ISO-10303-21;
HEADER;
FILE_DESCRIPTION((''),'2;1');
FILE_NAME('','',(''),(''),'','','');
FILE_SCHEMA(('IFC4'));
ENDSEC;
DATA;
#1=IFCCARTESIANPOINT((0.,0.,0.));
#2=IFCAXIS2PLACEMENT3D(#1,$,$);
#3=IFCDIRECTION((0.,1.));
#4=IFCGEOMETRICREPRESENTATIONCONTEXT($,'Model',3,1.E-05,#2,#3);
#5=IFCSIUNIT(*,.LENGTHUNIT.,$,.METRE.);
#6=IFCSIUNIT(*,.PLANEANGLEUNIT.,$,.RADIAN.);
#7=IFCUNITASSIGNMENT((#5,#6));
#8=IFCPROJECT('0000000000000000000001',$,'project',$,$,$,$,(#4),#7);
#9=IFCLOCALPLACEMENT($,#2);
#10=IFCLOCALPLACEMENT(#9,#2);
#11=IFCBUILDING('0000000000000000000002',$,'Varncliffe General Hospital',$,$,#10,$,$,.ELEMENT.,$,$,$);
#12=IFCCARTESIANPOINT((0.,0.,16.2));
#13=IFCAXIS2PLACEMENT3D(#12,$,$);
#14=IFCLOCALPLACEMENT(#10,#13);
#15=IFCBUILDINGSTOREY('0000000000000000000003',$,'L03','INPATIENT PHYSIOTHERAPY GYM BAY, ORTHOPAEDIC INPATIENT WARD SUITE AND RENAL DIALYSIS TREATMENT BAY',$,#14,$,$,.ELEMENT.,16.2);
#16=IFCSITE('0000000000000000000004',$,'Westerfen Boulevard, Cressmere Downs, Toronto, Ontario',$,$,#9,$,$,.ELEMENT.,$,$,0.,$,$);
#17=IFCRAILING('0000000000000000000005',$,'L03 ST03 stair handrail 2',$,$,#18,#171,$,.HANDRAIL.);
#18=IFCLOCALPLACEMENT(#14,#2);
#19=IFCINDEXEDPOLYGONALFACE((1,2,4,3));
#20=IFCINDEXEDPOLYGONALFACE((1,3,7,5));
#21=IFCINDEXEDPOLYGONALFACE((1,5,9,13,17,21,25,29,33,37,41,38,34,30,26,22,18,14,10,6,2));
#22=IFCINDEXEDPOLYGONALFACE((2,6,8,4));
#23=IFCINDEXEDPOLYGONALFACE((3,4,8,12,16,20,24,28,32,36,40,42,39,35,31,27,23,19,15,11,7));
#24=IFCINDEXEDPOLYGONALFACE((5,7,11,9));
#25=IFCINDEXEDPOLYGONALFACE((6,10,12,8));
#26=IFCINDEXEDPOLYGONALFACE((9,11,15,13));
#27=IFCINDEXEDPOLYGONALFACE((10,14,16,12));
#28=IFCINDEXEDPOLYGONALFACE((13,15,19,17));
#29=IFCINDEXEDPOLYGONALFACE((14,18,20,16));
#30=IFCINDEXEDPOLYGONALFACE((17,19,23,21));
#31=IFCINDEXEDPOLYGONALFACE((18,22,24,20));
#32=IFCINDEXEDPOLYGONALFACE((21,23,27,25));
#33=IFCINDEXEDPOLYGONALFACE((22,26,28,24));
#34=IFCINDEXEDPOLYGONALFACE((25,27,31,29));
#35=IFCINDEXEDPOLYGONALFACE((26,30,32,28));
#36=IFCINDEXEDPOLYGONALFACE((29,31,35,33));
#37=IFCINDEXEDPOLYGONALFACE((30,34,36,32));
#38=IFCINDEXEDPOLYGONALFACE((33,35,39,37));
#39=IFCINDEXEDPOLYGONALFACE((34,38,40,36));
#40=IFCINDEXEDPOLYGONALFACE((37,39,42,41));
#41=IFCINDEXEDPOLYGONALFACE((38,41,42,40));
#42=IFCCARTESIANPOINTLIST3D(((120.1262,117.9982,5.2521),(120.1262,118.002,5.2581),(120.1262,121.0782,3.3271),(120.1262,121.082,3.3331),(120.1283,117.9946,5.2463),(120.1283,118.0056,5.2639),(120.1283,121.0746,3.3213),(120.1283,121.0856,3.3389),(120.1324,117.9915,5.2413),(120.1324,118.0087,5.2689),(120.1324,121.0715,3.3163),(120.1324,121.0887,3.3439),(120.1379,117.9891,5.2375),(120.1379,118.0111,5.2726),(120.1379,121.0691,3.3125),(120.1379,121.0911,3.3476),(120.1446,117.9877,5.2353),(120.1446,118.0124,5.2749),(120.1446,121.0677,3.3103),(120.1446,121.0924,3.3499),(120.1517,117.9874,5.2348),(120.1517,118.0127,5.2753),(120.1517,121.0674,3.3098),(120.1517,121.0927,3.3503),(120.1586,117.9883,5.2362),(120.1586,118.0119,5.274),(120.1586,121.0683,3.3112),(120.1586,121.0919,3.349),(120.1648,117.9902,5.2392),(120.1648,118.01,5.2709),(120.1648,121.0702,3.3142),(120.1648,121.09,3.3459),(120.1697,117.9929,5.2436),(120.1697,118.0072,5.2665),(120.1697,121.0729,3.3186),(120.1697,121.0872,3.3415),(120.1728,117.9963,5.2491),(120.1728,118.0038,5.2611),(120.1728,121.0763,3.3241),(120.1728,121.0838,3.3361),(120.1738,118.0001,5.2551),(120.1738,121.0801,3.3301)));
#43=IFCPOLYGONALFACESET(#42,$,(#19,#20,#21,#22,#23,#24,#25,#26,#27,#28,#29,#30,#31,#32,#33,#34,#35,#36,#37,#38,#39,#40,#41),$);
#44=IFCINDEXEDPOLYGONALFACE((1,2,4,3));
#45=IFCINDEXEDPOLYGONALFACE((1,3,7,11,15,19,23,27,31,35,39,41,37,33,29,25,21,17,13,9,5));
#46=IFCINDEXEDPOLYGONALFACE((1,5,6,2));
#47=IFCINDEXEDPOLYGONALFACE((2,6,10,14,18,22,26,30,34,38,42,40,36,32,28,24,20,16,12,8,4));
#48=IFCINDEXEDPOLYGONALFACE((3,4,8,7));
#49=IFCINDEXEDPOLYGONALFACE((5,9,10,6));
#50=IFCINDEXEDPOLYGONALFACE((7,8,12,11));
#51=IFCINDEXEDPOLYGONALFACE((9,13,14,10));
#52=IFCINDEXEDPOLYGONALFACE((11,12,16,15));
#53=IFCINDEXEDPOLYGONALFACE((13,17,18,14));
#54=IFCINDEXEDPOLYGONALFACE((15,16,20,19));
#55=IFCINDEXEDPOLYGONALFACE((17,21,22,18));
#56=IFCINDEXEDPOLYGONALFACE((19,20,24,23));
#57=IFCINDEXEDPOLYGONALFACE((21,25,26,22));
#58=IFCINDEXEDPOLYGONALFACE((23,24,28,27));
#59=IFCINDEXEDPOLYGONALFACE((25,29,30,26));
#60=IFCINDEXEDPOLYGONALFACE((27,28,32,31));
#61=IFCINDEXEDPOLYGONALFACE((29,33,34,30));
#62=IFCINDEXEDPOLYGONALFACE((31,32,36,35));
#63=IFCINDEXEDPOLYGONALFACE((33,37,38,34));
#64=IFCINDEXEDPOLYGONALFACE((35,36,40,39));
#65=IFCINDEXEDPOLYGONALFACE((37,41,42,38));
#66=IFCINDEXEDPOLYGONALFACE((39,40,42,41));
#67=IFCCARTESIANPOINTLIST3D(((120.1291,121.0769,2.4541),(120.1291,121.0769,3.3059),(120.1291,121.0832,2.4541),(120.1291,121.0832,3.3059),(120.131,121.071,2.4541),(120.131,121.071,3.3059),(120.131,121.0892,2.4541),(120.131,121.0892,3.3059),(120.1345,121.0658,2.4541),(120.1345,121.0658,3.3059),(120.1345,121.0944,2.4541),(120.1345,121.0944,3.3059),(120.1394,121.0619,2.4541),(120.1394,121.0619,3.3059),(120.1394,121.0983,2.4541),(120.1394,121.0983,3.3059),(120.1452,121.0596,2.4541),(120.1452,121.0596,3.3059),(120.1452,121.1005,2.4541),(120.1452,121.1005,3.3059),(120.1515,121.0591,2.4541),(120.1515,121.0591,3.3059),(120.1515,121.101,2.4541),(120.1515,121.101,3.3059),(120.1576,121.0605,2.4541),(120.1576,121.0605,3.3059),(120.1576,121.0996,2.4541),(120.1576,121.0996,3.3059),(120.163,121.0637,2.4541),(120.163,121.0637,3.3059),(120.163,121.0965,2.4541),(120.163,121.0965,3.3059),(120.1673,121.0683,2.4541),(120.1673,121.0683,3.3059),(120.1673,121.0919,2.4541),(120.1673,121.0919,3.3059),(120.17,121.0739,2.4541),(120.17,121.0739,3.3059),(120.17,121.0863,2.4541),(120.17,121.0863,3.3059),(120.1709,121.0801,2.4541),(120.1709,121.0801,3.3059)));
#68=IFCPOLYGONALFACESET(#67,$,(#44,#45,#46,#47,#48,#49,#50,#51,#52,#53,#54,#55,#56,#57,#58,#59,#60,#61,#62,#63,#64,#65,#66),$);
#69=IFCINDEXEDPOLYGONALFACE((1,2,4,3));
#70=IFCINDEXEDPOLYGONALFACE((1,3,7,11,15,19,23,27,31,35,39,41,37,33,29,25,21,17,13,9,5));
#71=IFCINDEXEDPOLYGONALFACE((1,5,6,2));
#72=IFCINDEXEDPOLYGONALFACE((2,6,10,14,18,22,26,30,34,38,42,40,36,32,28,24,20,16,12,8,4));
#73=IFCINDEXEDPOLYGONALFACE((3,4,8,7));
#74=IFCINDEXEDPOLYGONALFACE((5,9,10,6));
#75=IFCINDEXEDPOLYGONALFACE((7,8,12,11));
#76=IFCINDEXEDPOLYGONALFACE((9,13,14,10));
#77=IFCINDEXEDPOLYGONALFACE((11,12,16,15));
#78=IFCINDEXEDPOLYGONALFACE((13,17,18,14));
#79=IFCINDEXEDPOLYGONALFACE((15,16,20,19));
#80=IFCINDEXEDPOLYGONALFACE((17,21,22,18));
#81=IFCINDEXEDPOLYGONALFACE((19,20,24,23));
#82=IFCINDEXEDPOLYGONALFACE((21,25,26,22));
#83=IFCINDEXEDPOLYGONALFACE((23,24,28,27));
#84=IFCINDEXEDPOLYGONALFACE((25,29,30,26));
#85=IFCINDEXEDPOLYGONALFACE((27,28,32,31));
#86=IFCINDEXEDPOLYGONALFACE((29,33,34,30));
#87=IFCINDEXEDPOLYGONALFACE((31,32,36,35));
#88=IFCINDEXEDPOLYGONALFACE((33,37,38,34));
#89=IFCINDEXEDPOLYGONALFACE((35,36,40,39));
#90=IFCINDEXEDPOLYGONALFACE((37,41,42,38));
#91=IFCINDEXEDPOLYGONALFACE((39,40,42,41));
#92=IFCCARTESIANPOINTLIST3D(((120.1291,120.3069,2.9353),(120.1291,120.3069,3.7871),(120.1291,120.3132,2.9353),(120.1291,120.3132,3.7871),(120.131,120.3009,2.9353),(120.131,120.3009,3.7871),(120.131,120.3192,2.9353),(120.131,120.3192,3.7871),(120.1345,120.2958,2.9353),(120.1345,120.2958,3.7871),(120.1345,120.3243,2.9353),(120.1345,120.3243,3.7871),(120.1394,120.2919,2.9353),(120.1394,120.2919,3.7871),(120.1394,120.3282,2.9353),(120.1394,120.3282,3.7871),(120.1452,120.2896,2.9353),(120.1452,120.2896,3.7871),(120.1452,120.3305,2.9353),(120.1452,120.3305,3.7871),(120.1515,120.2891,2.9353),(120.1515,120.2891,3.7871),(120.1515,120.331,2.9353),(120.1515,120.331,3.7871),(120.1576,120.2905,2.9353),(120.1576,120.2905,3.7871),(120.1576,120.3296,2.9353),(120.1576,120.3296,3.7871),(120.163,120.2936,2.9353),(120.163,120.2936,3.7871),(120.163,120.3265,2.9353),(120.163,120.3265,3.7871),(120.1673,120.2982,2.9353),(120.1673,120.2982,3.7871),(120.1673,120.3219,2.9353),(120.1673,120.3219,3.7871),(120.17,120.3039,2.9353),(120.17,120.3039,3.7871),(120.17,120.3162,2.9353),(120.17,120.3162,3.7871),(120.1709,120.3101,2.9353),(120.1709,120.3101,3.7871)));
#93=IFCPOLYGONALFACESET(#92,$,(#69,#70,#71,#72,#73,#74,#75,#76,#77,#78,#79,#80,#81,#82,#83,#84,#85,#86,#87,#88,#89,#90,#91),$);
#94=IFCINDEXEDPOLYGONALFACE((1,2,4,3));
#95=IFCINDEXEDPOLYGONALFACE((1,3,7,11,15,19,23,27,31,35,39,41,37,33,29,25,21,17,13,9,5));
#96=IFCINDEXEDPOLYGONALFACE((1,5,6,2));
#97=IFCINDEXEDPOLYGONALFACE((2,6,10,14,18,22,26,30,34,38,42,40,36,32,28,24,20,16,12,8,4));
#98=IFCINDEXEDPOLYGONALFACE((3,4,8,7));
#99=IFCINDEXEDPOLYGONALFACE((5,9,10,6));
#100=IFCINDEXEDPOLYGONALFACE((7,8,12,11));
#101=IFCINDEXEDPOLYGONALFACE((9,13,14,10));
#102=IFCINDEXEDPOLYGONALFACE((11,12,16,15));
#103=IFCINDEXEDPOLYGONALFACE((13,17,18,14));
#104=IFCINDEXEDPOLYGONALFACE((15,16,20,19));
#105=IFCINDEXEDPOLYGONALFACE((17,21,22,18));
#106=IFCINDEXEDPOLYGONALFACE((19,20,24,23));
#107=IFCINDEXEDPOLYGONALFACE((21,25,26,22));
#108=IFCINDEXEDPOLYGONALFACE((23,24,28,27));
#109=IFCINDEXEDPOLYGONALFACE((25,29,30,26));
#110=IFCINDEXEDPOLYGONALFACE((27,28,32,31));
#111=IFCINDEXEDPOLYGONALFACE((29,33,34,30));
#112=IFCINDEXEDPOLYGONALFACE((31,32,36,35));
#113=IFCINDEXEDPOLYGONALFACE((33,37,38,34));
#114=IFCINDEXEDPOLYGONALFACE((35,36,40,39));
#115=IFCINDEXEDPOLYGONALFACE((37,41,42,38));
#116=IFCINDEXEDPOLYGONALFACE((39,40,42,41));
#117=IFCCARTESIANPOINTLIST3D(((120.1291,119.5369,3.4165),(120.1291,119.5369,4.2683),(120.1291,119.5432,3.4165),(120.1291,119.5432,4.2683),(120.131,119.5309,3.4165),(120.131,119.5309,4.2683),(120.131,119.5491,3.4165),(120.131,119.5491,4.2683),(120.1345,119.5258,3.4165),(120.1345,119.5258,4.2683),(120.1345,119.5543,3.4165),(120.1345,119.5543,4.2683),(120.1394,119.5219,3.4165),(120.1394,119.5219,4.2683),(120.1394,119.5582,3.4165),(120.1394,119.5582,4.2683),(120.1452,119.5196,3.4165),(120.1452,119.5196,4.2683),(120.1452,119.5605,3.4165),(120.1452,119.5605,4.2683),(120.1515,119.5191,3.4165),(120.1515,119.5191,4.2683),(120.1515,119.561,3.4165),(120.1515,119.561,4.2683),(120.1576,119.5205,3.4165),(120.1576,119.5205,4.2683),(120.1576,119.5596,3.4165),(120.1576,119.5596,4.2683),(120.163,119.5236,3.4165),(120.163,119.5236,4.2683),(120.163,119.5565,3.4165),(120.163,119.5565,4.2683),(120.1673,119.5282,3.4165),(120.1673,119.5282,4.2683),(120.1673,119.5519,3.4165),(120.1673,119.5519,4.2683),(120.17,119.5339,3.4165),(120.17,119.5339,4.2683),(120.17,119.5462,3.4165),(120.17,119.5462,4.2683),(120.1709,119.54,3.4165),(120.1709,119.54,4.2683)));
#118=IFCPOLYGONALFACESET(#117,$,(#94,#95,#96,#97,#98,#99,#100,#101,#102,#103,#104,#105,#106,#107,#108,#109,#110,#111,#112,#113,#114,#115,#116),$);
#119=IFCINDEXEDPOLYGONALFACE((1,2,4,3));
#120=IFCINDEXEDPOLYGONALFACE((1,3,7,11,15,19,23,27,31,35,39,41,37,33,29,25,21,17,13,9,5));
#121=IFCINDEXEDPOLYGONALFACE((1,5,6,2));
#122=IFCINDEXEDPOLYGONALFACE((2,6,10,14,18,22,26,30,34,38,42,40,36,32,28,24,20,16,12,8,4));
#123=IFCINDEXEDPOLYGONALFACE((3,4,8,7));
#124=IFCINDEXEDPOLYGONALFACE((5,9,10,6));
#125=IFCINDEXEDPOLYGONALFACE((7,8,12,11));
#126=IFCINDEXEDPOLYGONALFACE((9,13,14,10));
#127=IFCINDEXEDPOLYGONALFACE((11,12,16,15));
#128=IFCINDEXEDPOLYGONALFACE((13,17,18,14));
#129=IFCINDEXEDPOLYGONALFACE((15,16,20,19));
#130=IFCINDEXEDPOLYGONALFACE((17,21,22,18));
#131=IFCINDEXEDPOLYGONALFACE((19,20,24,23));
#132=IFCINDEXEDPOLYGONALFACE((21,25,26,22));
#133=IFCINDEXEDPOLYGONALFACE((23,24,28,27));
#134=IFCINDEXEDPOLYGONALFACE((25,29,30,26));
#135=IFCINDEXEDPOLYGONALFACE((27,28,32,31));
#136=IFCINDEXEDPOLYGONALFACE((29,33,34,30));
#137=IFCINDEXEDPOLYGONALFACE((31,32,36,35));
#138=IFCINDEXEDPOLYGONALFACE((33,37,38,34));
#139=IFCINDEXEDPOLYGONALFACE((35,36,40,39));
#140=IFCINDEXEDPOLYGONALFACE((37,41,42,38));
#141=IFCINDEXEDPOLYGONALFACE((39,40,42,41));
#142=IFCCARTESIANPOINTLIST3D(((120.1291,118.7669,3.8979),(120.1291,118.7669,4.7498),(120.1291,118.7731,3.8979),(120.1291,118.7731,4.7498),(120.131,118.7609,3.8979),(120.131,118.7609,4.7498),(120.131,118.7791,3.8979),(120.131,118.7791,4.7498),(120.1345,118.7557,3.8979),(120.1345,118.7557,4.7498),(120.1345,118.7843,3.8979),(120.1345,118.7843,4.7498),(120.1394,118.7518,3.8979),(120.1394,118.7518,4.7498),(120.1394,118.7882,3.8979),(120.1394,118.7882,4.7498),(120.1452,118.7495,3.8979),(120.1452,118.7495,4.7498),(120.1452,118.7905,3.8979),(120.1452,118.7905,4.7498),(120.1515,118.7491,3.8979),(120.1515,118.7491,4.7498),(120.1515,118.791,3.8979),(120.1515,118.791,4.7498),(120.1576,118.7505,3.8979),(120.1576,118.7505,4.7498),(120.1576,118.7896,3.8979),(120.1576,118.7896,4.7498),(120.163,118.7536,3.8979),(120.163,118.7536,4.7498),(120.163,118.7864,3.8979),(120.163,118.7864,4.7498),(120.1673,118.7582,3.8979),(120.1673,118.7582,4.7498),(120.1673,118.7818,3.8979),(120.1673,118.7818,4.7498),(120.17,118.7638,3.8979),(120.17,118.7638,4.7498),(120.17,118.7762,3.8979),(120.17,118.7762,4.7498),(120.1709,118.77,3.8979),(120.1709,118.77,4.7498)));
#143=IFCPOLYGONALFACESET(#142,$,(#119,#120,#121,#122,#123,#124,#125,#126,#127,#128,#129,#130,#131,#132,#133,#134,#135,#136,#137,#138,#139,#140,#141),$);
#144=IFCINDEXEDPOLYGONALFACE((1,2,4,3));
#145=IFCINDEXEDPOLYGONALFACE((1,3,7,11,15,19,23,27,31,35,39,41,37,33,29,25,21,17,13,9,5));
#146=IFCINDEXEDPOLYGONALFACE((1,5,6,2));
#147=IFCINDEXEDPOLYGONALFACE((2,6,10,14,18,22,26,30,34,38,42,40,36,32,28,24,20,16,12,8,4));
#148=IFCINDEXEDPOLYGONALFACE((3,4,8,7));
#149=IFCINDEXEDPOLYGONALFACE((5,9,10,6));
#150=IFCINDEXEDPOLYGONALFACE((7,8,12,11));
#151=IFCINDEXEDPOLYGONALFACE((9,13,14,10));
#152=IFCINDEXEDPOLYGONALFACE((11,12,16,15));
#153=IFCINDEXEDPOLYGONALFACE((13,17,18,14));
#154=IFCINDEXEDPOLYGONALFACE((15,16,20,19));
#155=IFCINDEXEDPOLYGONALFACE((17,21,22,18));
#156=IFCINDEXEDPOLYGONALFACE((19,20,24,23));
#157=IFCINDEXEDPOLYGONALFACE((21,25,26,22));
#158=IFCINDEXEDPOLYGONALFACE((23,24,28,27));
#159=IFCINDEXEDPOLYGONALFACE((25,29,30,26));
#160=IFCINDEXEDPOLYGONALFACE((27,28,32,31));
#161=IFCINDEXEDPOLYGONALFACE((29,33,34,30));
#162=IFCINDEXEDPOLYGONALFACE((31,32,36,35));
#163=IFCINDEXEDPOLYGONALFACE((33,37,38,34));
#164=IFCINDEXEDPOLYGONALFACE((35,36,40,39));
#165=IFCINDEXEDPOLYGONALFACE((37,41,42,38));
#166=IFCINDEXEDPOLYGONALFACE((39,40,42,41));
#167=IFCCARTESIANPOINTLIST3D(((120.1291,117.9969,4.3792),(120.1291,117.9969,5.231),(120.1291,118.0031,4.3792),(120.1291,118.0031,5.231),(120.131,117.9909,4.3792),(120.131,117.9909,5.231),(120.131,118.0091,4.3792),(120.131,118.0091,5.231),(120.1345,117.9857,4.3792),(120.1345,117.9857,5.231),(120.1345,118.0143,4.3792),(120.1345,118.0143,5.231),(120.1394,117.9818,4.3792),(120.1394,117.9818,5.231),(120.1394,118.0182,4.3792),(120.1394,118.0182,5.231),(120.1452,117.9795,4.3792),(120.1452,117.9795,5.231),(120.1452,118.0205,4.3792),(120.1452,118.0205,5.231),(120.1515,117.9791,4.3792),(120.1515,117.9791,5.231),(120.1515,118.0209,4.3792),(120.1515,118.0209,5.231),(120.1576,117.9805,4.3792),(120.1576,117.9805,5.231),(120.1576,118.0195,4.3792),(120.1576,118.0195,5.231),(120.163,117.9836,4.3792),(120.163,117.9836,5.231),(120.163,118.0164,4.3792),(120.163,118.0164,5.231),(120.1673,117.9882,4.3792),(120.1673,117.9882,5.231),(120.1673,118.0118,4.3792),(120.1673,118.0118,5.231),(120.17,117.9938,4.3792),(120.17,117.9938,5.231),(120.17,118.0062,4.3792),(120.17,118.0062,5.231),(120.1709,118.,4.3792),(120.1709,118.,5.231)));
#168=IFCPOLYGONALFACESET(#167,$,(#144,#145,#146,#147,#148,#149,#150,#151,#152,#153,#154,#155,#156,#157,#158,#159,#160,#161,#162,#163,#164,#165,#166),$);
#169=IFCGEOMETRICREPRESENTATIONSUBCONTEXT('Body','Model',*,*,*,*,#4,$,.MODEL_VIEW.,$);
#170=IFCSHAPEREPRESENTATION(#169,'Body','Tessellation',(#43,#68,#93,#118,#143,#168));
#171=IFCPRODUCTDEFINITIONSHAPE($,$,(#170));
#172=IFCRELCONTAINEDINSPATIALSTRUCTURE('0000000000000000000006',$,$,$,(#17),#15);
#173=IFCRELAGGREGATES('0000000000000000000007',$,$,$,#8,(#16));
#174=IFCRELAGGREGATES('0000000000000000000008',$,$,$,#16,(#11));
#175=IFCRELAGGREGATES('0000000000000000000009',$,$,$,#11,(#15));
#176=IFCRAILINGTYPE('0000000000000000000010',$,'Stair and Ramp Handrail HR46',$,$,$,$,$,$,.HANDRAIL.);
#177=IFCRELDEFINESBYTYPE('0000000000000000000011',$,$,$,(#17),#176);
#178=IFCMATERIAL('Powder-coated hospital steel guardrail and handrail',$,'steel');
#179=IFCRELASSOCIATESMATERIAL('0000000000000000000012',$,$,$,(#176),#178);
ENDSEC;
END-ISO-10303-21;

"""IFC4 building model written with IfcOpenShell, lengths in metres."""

from ifc_helpers import new_model, si_unit, direction, frame, origin, origin_2d, place, context, subcontext, project, spatial, circle, extrude, material, type_object, element, save


model = new_model("IFC4")

# Units and contexts
model_context = context("Model", 3, precision=1e-05, world=origin(), true_north=direction((0.0, 1.0)))
body_context = subcontext(model_context, "Body", "Model", "MODEL_VIEW")
ifc_project = project(units=[si_unit("LENGTHUNIT", "METRE"), si_unit("PLANEANGLEUNIT", "RADIAN")], contexts=[model_context])

# Site, building, storey
site_placement = place(None, origin())
site = spatial("IfcSite", under=ifc_project, at=site_placement, Name="Westerfen Boulevard, Cressmere Downs, Toronto, Ontario", CompositionType="ELEMENT", RefElevation=0.0)
building_placement = place(site_placement, origin())
building = spatial("IfcBuilding", under=site, at=building_placement, Name="Varncliffe General Hospital", CompositionType="ELEMENT")
storey_placement = place(building_placement, frame((0.0, 0.0, 16.2)))
storey = spatial("IfcBuildingStorey", under=building, at=storey_placement, Name="L03", Description="INPATIENT PHYSIOTHERAPY GYM BAY, ORTHOPAEDIC INPATIENT WARD SUITE AND RENAL DIALYSIS TREATMENT BAY", CompositionType="ELEMENT", Elevation=16.2)

# Railing
ifc_material_1 = material(Name="Powder-coated hospital steel guardrail and handrail", Category="steel")
railing_type_1 = type_object("IfcRailingType", Name="Stair and Ramp Handrail HR46", PredefinedType="HANDRAIL", material=ifc_material_1)
railing_1_placement = place(storey_placement, frame((120.1499, 121.0801, 2.4541)))
element("IfcRailing", 1, at=railing_1_placement, inside=storey, type_object=railing_type_1, Name="L03 ST03 stair handrail 2", PredefinedType="HANDRAIL", context=body_context, shape_type="SweptSolid", body=[
    extrude(circle(Radius=0.0239, at=origin_2d()), frame((0.0, 0.0, 0.876), z_axis=(0.0, -0.847998, 0.529999), x_axis=(1.0, 0.0, 0.0)), (0.0, 0.0, 1.0), 3.6321),
    extrude(circle(Radius=0.021, at=origin_2d()), origin(), (0.0, 0.0, 1.0), 0.8518),
    extrude(circle(Radius=0.021, at=origin_2d()), frame((0.0, -0.77, 0.4812)), (0.0, 0.0, 1.0), 0.8518),
    extrude(circle(Radius=0.021, at=origin_2d()), frame((0.0, -1.54, 0.9624)), (0.0, 0.0, 1.0), 0.8518),
    extrude(circle(Radius=0.021, at=origin_2d()), frame((0.0, -2.3101, 1.4438)), (0.0, 0.0, 1.0), 0.8518),
    extrude(circle(Radius=0.021, at=origin_2d()), frame((0.0, -3.0801, 1.925)), (0.0, 0.0, 1.0), 0.8518),
])

save(model, "model.ifc")
